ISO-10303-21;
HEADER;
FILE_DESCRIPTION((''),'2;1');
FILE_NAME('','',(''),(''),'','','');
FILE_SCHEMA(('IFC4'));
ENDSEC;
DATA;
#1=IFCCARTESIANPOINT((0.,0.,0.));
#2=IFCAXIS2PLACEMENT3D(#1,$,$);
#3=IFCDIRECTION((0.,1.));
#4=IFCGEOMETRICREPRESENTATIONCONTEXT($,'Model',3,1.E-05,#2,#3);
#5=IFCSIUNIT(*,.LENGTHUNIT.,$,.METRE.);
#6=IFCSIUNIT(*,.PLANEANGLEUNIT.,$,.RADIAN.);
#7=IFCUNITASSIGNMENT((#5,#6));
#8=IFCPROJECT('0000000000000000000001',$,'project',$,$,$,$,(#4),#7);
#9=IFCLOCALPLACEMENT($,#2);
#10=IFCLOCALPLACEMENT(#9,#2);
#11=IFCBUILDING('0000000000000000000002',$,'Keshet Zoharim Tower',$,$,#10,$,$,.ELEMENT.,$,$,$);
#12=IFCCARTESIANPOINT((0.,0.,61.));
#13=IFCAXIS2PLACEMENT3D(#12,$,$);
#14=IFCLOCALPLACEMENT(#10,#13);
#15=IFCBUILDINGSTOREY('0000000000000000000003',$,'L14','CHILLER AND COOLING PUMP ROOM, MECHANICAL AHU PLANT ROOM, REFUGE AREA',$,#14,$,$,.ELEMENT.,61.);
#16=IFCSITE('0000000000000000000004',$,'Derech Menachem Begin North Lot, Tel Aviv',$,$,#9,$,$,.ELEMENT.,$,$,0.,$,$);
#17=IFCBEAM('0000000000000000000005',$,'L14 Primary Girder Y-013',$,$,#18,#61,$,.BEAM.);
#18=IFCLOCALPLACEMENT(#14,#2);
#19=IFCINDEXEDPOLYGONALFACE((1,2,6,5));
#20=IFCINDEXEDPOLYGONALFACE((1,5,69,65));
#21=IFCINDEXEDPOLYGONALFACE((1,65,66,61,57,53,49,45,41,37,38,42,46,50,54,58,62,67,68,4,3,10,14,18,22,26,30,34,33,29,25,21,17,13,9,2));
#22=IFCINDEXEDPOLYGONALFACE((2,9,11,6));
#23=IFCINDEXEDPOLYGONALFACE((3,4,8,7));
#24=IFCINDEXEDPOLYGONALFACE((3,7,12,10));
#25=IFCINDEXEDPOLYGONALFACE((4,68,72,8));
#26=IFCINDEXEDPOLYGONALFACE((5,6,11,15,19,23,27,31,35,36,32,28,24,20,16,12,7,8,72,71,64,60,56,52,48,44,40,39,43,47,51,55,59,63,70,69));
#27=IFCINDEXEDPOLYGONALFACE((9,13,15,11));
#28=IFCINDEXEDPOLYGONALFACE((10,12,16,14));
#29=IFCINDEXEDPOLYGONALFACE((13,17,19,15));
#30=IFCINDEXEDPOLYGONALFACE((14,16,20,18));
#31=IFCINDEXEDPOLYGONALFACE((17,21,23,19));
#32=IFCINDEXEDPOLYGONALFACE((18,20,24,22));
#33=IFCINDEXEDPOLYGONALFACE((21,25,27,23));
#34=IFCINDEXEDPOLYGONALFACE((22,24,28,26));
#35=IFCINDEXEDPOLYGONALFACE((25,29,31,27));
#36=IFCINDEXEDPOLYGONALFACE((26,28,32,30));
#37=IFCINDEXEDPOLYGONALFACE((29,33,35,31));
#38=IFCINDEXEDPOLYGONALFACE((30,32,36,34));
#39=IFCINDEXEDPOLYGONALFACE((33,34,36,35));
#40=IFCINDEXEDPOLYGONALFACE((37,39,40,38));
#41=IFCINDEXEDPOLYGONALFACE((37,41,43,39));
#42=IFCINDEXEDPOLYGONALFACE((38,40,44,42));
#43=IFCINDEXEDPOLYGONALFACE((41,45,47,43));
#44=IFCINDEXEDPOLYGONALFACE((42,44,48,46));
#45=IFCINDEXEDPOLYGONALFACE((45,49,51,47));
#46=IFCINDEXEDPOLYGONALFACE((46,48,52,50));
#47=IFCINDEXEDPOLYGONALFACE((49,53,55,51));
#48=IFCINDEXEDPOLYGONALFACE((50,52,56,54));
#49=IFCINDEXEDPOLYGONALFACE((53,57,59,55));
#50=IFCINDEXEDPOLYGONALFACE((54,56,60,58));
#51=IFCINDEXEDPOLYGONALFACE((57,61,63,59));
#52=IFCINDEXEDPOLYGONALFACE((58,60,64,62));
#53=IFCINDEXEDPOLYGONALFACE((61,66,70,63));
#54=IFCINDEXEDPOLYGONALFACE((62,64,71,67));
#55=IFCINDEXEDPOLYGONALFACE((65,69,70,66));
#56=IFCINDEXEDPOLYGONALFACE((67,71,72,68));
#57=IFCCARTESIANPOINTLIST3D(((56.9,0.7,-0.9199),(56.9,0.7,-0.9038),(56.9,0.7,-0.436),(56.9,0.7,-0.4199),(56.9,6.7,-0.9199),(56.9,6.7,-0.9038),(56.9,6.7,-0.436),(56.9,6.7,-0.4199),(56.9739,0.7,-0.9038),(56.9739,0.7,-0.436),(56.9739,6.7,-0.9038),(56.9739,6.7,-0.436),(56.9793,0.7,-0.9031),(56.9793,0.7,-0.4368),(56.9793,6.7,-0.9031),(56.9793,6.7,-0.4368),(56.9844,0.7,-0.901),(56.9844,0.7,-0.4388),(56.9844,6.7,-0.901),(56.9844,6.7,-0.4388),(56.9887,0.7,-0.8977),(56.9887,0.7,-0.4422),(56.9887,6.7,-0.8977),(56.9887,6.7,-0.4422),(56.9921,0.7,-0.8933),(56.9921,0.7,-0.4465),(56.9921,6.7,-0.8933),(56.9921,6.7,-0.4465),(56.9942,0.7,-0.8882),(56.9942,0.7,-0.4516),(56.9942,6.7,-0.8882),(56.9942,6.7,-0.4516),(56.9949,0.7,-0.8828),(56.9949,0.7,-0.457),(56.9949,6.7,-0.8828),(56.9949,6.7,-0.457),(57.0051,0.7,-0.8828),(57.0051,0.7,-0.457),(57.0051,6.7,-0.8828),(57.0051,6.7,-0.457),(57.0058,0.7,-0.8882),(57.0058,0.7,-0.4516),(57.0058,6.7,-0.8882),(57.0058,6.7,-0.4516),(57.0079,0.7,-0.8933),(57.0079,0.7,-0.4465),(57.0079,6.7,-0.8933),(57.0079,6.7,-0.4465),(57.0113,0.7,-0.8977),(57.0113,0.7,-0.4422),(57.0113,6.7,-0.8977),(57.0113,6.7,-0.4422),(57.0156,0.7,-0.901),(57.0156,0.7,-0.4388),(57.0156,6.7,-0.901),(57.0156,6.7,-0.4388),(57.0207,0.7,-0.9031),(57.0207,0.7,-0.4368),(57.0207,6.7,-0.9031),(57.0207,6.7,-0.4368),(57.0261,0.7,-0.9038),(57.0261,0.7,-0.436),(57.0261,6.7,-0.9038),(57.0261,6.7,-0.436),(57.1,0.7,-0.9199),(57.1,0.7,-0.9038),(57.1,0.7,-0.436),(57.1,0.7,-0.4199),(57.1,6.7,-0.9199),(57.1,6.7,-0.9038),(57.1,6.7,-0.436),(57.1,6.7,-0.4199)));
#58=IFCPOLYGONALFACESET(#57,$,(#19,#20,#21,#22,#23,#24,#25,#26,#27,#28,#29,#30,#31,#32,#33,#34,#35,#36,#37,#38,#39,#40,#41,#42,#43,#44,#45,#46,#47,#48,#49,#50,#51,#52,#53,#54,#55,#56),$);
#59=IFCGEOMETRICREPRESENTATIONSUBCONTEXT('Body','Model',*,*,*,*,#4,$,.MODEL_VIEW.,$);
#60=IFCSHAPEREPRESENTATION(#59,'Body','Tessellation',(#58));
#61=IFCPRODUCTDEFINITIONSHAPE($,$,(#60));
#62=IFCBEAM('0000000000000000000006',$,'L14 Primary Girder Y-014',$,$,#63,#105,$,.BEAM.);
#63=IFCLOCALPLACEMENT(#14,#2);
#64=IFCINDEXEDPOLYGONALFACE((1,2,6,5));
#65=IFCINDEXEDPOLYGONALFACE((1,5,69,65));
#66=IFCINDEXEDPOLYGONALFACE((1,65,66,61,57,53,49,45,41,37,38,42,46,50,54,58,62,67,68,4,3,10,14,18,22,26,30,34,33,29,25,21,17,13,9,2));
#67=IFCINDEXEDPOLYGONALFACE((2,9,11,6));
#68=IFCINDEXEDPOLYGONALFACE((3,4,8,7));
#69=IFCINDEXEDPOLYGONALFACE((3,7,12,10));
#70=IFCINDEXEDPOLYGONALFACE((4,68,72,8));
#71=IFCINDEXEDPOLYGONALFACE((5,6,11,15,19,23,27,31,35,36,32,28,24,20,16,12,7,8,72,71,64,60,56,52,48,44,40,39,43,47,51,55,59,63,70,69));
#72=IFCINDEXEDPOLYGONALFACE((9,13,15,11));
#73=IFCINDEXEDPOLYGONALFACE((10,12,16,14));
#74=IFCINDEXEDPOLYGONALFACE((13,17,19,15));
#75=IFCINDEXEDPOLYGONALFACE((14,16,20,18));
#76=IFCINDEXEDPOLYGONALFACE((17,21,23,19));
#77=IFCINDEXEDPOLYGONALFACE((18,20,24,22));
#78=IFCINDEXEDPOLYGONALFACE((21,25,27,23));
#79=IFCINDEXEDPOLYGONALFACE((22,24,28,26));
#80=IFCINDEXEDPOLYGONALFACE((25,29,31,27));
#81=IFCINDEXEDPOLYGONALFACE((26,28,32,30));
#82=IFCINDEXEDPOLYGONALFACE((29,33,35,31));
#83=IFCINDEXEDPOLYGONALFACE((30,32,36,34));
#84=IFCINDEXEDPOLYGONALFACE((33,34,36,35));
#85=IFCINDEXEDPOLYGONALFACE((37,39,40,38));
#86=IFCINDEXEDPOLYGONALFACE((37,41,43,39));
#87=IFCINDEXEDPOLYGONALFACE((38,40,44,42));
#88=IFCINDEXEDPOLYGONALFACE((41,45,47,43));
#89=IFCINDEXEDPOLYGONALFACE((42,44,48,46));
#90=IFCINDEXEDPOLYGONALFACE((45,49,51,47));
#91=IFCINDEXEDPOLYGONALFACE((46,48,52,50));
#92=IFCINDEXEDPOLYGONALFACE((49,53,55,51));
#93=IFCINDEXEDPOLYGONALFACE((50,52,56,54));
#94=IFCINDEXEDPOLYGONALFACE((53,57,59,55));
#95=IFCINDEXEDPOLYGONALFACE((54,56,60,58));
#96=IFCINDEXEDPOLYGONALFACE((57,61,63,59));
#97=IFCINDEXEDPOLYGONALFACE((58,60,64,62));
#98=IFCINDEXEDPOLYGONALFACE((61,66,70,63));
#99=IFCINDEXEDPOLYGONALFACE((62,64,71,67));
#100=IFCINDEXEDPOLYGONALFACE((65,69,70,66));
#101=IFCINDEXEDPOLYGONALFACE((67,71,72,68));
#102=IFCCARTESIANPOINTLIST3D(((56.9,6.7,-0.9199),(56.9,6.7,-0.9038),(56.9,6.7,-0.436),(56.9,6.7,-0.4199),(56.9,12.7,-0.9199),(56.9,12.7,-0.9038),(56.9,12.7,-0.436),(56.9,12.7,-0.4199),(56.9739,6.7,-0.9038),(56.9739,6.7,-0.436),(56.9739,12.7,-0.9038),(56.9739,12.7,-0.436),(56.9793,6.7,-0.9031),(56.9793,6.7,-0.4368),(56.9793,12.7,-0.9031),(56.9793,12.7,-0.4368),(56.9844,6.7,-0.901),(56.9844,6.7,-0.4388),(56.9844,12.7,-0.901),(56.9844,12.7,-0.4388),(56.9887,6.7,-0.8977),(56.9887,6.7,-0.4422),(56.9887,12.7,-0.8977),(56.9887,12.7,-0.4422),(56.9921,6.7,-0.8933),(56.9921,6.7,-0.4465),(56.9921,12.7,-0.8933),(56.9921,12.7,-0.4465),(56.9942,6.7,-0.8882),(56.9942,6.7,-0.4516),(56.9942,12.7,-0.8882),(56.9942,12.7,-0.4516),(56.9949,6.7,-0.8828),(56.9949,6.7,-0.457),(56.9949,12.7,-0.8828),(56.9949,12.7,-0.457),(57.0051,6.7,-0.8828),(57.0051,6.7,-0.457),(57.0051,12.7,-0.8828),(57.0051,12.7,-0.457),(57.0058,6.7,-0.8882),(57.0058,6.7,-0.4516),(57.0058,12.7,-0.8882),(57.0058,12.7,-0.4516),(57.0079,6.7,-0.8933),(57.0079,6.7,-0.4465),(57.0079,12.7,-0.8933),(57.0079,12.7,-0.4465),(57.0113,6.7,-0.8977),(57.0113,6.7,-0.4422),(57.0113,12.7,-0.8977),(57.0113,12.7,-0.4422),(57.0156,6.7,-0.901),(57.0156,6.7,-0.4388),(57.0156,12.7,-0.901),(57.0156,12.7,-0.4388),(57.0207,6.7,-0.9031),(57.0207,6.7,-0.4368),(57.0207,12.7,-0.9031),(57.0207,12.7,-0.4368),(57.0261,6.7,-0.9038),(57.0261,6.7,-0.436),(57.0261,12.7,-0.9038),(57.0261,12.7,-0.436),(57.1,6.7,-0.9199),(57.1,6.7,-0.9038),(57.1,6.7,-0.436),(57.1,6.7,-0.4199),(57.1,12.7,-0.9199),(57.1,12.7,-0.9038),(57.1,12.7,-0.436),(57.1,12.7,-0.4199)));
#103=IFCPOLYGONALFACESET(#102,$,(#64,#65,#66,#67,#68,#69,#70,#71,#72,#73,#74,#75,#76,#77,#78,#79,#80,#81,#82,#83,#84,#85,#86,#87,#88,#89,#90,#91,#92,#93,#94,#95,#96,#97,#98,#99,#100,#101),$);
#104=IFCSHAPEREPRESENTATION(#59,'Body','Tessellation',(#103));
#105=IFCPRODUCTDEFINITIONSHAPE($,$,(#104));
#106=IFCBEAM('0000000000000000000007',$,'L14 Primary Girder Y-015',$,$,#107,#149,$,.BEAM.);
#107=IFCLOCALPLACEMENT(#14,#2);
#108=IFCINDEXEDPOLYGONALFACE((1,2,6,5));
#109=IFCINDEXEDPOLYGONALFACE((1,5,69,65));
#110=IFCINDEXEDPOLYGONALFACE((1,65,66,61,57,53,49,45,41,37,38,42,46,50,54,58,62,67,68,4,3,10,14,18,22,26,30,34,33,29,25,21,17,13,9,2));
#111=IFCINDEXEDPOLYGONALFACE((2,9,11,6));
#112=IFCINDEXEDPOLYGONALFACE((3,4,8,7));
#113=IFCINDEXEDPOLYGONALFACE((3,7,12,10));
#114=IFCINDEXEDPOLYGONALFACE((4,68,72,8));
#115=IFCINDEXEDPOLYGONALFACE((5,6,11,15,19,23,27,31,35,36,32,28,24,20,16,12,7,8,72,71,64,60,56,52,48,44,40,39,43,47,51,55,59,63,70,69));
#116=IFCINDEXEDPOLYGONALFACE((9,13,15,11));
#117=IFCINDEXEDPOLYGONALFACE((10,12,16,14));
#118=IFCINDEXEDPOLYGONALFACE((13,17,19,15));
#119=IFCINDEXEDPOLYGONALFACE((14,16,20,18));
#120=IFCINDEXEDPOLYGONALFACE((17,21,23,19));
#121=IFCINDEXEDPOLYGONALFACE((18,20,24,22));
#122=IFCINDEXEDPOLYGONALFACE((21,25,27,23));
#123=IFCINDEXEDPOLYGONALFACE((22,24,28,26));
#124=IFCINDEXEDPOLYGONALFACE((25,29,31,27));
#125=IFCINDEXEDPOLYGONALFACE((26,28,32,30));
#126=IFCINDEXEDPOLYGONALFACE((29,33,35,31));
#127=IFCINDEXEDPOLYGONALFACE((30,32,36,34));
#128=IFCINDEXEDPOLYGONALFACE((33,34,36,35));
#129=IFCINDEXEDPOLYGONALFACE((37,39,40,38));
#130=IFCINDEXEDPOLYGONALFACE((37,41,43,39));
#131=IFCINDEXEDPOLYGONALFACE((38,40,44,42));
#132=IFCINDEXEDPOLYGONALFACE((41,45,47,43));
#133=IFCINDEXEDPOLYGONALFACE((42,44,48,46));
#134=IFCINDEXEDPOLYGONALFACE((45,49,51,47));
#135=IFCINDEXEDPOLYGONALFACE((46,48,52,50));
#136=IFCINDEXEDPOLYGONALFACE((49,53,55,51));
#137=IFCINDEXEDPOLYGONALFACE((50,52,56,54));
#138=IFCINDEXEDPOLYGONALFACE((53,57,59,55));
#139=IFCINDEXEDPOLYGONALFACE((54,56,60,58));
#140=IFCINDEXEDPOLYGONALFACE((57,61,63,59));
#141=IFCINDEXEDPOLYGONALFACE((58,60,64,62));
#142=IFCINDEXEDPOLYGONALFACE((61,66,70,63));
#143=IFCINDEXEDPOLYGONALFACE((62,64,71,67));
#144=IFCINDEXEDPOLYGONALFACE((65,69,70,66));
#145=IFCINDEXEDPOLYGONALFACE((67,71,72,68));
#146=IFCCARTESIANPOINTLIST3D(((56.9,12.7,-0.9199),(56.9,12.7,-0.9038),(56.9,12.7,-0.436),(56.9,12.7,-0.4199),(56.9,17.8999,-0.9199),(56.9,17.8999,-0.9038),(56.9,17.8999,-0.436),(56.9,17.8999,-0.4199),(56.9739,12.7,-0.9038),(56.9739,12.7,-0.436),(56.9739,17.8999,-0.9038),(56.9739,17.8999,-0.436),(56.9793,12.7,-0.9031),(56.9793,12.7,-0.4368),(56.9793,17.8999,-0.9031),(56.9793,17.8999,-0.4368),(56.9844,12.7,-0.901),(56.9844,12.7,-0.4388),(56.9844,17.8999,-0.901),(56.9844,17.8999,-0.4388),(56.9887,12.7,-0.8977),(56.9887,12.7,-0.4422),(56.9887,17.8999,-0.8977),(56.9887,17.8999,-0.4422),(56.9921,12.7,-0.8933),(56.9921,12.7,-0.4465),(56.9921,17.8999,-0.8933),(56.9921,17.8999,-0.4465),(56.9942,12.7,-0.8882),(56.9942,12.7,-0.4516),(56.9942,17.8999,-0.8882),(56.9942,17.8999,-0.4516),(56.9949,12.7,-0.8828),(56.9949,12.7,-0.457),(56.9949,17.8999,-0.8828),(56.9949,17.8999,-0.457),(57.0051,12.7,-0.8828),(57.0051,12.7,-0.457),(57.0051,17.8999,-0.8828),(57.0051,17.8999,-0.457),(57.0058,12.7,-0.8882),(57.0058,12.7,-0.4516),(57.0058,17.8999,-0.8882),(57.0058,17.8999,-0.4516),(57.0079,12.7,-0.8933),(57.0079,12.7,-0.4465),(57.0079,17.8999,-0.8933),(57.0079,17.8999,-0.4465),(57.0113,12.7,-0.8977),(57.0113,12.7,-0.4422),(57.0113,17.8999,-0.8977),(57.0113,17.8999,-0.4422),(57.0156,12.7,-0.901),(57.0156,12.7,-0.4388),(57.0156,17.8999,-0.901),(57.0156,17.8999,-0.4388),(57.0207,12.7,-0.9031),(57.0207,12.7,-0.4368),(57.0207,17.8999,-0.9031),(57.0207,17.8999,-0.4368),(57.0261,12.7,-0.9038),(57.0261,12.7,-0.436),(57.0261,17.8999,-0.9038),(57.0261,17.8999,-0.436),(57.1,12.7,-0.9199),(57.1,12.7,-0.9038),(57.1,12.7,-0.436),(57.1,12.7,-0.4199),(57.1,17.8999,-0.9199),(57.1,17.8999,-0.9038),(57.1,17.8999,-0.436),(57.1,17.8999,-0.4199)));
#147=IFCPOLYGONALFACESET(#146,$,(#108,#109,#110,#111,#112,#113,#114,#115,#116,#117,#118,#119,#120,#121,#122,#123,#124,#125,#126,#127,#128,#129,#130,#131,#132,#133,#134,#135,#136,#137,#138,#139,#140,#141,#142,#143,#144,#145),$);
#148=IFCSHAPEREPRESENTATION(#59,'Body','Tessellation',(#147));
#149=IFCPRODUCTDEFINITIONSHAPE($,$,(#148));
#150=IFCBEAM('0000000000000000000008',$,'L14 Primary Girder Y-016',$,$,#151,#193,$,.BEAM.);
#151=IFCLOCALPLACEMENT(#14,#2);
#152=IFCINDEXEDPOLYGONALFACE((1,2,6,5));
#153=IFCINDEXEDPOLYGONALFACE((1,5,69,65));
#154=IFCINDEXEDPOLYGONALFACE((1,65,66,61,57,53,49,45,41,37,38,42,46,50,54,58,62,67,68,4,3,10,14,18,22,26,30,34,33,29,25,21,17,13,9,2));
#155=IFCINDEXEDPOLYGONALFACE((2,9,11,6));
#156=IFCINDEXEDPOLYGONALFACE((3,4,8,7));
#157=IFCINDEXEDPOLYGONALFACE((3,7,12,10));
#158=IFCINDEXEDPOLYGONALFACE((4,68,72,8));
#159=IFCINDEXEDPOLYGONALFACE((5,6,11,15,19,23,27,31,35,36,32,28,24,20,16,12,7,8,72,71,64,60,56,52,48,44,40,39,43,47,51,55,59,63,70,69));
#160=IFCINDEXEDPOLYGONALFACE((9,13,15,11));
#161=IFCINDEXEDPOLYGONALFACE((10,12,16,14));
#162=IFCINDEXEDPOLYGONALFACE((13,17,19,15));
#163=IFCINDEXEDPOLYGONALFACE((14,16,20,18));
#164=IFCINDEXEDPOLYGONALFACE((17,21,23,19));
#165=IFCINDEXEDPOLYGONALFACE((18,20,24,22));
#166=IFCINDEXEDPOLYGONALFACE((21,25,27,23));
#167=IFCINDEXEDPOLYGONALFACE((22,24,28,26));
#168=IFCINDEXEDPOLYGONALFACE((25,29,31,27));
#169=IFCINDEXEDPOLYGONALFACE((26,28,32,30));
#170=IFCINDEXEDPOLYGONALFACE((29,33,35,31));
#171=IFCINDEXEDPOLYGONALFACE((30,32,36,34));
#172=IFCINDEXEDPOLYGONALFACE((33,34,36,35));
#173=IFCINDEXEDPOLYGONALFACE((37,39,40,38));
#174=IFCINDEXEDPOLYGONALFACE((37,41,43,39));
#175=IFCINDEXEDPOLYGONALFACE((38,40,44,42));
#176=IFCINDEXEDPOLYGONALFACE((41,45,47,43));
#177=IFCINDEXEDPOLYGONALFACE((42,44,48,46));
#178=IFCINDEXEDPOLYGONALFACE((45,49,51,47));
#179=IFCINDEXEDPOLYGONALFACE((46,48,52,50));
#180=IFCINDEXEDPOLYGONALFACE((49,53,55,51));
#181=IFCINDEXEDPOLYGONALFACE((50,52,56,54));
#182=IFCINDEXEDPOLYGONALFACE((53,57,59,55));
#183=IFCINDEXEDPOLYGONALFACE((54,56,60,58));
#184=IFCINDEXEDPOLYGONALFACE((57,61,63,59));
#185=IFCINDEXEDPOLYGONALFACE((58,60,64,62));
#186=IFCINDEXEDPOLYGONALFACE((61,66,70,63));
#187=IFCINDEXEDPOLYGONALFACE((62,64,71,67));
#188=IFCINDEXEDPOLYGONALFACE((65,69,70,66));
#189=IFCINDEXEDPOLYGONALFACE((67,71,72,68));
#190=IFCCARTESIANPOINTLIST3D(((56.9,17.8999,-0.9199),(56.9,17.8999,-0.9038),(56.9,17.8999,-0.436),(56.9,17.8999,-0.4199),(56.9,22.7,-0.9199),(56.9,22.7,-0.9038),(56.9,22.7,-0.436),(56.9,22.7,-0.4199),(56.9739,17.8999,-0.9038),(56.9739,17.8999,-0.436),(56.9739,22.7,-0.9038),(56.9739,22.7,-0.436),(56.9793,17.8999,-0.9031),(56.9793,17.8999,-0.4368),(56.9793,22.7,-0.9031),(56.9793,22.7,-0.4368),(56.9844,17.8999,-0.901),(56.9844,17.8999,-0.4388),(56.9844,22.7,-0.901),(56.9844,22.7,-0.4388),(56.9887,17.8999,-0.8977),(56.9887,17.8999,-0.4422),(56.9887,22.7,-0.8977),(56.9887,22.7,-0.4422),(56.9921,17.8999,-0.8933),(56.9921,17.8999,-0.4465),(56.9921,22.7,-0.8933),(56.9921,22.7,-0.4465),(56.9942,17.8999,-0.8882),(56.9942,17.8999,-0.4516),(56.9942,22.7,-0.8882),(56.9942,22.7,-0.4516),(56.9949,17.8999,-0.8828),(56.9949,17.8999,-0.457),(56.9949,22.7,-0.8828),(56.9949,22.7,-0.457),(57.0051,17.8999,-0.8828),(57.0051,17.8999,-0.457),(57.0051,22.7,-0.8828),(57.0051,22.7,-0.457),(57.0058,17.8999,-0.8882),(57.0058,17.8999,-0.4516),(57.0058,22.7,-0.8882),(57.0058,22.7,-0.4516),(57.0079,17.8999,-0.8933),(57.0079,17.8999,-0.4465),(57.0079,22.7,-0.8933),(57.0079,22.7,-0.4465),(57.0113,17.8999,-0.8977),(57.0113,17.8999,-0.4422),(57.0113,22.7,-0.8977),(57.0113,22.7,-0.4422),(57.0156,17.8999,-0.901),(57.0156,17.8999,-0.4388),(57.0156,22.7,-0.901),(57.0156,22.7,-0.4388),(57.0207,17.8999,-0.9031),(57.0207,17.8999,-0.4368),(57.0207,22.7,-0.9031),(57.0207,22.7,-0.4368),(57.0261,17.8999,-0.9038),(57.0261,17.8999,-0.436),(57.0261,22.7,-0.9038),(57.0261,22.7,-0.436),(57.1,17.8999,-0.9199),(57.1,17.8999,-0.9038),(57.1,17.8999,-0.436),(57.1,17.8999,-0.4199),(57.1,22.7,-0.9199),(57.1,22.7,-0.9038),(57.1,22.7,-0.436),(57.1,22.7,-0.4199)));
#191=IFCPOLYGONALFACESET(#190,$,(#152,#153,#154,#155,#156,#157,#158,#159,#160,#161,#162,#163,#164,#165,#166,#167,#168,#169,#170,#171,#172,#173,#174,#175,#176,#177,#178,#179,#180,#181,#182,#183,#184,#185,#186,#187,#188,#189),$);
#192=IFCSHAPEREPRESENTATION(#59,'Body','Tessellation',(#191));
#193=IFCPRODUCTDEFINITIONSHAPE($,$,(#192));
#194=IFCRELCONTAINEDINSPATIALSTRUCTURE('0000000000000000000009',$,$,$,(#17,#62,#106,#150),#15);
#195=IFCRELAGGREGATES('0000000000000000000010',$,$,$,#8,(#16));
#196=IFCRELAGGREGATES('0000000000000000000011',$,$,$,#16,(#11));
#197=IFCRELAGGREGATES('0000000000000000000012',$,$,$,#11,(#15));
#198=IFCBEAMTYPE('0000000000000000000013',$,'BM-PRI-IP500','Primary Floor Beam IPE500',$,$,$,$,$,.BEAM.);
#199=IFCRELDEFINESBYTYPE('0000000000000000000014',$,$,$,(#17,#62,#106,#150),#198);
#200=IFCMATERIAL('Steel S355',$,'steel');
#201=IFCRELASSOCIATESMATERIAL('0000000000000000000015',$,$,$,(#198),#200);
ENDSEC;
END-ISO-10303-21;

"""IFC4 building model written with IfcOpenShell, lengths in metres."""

from ifc_helpers import new_model, si_unit, direction, frame, origin, origin_2d, place, context, subcontext, project, spatial, i_section, extrude, material, material_profile, profile_set, type_object, element, save


model = new_model("IFC4")

# Units and contexts
model_context = context("Model", 3, precision=1e-05, world=origin(), true_north=direction((0.0, 1.0)))
body_context = subcontext(model_context, "Body", "Model", "MODEL_VIEW")
ifc_project = project(units=[si_unit("LENGTHUNIT", "METRE"), si_unit("PLANEANGLEUNIT", "RADIAN")], contexts=[model_context])

# Site, building, storey
site_placement = place(None, origin())
site = spatial("IfcSite", under=ifc_project, at=site_placement, Name="Derech Menachem Begin North Lot, Tel Aviv", CompositionType="ELEMENT", RefElevation=0.0)
building_placement = place(site_placement, origin())
building = spatial("IfcBuilding", under=site, at=building_placement, Name="Keshet Zoharim Tower", CompositionType="ELEMENT")
storey_placement = place(building_placement, frame((0.0, 0.0, 61.0)))
storey = spatial("IfcBuildingStorey", under=building, at=storey_placement, Name="L14", Description="CHILLER AND COOLING PUMP ROOM, MECHANICAL AHU PLANT ROOM, REFUGE AREA", CompositionType="ELEMENT", Elevation=61.0)

# Shared definitions
ifc_material_1 = material(Name="Steel S355", Category="steel")

# Beams
ifc_material_profile_1 = material_profile(ifc_material_1, i_section(OverallWidth=0.2, OverallDepth=0.5, WebThickness=0.0103, FlangeThickness=0.0161, FilletRadius=0.021, at=origin_2d()), Name="IPE500")
ifc_profile_set_1 = profile_set([ifc_material_profile_1], Name="Steel S355")
beam_type_1 = type_object("IfcBeamType", Name="BM-PRI-IP500", Description="Primary Floor Beam IPE500", PredefinedType="BEAM", material=ifc_profile_set_1)
for number, where, z_axis, x_axis, name in (
    (1, (57.0, 0.7, -0.6699), (0.0, 1.0, 0.0), (-1.0, 0.0, 0.0), "L14 Primary Girder Y-013"),
    (2, (57.0, 6.7, -0.6699), (0.0, 1.0, 0.0), (-1.0, 0.0, 0.0), "L14 Primary Girder Y-014"),
):
    element("IfcBeam", number, at=place(storey_placement, frame(where, z_axis=z_axis, x_axis=x_axis)), inside=storey, type_object=beam_type_1, Name=name, PredefinedType="BEAM", context=body_context, shape_type="SweptSolid", body=[
        extrude(i_section(OverallWidth=0.2, OverallDepth=0.5, WebThickness=0.0103, FlangeThickness=0.0161, FilletRadius=0.021, at=origin_2d()), origin(), (0.0, 0.0, 1.0), 6.0),
    ])
beam_1_placement = place(storey_placement, frame((57.0, 12.7, -0.6699), z_axis=(0.0, 1.0, 0.0), x_axis=(-1.0, 0.0, 0.0)))
element("IfcBeam", 3, at=beam_1_placement, inside=storey, type_object=beam_type_1, Name="L14 Primary Girder Y-015", PredefinedType="BEAM", context=body_context, shape_type="SweptSolid", body=[
    extrude(i_section(OverallWidth=0.2, OverallDepth=0.5, WebThickness=0.0103, FlangeThickness=0.0161, FilletRadius=0.021, at=origin_2d()), origin(), (0.0, 0.0, 1.0), 5.2),
])
beam_2_placement = place(storey_placement, frame((57.0, 17.8999, -0.6699), z_axis=(0.0, 1.0, 0.0), x_axis=(-1.0, 0.0, 0.0)))
element("IfcBeam", 4, at=beam_2_placement, inside=storey, type_object=beam_type_1, Name="L14 Primary Girder Y-016", PredefinedType="BEAM", context=body_context, shape_type="SweptSolid", body=[
    extrude(i_section(OverallWidth=0.2, OverallDepth=0.5, WebThickness=0.0103, FlangeThickness=0.0161, FilletRadius=0.021, at=origin_2d()), origin(), (0.0, 0.0, 1.0), 4.8),
])

save(model, "model.ifc")
